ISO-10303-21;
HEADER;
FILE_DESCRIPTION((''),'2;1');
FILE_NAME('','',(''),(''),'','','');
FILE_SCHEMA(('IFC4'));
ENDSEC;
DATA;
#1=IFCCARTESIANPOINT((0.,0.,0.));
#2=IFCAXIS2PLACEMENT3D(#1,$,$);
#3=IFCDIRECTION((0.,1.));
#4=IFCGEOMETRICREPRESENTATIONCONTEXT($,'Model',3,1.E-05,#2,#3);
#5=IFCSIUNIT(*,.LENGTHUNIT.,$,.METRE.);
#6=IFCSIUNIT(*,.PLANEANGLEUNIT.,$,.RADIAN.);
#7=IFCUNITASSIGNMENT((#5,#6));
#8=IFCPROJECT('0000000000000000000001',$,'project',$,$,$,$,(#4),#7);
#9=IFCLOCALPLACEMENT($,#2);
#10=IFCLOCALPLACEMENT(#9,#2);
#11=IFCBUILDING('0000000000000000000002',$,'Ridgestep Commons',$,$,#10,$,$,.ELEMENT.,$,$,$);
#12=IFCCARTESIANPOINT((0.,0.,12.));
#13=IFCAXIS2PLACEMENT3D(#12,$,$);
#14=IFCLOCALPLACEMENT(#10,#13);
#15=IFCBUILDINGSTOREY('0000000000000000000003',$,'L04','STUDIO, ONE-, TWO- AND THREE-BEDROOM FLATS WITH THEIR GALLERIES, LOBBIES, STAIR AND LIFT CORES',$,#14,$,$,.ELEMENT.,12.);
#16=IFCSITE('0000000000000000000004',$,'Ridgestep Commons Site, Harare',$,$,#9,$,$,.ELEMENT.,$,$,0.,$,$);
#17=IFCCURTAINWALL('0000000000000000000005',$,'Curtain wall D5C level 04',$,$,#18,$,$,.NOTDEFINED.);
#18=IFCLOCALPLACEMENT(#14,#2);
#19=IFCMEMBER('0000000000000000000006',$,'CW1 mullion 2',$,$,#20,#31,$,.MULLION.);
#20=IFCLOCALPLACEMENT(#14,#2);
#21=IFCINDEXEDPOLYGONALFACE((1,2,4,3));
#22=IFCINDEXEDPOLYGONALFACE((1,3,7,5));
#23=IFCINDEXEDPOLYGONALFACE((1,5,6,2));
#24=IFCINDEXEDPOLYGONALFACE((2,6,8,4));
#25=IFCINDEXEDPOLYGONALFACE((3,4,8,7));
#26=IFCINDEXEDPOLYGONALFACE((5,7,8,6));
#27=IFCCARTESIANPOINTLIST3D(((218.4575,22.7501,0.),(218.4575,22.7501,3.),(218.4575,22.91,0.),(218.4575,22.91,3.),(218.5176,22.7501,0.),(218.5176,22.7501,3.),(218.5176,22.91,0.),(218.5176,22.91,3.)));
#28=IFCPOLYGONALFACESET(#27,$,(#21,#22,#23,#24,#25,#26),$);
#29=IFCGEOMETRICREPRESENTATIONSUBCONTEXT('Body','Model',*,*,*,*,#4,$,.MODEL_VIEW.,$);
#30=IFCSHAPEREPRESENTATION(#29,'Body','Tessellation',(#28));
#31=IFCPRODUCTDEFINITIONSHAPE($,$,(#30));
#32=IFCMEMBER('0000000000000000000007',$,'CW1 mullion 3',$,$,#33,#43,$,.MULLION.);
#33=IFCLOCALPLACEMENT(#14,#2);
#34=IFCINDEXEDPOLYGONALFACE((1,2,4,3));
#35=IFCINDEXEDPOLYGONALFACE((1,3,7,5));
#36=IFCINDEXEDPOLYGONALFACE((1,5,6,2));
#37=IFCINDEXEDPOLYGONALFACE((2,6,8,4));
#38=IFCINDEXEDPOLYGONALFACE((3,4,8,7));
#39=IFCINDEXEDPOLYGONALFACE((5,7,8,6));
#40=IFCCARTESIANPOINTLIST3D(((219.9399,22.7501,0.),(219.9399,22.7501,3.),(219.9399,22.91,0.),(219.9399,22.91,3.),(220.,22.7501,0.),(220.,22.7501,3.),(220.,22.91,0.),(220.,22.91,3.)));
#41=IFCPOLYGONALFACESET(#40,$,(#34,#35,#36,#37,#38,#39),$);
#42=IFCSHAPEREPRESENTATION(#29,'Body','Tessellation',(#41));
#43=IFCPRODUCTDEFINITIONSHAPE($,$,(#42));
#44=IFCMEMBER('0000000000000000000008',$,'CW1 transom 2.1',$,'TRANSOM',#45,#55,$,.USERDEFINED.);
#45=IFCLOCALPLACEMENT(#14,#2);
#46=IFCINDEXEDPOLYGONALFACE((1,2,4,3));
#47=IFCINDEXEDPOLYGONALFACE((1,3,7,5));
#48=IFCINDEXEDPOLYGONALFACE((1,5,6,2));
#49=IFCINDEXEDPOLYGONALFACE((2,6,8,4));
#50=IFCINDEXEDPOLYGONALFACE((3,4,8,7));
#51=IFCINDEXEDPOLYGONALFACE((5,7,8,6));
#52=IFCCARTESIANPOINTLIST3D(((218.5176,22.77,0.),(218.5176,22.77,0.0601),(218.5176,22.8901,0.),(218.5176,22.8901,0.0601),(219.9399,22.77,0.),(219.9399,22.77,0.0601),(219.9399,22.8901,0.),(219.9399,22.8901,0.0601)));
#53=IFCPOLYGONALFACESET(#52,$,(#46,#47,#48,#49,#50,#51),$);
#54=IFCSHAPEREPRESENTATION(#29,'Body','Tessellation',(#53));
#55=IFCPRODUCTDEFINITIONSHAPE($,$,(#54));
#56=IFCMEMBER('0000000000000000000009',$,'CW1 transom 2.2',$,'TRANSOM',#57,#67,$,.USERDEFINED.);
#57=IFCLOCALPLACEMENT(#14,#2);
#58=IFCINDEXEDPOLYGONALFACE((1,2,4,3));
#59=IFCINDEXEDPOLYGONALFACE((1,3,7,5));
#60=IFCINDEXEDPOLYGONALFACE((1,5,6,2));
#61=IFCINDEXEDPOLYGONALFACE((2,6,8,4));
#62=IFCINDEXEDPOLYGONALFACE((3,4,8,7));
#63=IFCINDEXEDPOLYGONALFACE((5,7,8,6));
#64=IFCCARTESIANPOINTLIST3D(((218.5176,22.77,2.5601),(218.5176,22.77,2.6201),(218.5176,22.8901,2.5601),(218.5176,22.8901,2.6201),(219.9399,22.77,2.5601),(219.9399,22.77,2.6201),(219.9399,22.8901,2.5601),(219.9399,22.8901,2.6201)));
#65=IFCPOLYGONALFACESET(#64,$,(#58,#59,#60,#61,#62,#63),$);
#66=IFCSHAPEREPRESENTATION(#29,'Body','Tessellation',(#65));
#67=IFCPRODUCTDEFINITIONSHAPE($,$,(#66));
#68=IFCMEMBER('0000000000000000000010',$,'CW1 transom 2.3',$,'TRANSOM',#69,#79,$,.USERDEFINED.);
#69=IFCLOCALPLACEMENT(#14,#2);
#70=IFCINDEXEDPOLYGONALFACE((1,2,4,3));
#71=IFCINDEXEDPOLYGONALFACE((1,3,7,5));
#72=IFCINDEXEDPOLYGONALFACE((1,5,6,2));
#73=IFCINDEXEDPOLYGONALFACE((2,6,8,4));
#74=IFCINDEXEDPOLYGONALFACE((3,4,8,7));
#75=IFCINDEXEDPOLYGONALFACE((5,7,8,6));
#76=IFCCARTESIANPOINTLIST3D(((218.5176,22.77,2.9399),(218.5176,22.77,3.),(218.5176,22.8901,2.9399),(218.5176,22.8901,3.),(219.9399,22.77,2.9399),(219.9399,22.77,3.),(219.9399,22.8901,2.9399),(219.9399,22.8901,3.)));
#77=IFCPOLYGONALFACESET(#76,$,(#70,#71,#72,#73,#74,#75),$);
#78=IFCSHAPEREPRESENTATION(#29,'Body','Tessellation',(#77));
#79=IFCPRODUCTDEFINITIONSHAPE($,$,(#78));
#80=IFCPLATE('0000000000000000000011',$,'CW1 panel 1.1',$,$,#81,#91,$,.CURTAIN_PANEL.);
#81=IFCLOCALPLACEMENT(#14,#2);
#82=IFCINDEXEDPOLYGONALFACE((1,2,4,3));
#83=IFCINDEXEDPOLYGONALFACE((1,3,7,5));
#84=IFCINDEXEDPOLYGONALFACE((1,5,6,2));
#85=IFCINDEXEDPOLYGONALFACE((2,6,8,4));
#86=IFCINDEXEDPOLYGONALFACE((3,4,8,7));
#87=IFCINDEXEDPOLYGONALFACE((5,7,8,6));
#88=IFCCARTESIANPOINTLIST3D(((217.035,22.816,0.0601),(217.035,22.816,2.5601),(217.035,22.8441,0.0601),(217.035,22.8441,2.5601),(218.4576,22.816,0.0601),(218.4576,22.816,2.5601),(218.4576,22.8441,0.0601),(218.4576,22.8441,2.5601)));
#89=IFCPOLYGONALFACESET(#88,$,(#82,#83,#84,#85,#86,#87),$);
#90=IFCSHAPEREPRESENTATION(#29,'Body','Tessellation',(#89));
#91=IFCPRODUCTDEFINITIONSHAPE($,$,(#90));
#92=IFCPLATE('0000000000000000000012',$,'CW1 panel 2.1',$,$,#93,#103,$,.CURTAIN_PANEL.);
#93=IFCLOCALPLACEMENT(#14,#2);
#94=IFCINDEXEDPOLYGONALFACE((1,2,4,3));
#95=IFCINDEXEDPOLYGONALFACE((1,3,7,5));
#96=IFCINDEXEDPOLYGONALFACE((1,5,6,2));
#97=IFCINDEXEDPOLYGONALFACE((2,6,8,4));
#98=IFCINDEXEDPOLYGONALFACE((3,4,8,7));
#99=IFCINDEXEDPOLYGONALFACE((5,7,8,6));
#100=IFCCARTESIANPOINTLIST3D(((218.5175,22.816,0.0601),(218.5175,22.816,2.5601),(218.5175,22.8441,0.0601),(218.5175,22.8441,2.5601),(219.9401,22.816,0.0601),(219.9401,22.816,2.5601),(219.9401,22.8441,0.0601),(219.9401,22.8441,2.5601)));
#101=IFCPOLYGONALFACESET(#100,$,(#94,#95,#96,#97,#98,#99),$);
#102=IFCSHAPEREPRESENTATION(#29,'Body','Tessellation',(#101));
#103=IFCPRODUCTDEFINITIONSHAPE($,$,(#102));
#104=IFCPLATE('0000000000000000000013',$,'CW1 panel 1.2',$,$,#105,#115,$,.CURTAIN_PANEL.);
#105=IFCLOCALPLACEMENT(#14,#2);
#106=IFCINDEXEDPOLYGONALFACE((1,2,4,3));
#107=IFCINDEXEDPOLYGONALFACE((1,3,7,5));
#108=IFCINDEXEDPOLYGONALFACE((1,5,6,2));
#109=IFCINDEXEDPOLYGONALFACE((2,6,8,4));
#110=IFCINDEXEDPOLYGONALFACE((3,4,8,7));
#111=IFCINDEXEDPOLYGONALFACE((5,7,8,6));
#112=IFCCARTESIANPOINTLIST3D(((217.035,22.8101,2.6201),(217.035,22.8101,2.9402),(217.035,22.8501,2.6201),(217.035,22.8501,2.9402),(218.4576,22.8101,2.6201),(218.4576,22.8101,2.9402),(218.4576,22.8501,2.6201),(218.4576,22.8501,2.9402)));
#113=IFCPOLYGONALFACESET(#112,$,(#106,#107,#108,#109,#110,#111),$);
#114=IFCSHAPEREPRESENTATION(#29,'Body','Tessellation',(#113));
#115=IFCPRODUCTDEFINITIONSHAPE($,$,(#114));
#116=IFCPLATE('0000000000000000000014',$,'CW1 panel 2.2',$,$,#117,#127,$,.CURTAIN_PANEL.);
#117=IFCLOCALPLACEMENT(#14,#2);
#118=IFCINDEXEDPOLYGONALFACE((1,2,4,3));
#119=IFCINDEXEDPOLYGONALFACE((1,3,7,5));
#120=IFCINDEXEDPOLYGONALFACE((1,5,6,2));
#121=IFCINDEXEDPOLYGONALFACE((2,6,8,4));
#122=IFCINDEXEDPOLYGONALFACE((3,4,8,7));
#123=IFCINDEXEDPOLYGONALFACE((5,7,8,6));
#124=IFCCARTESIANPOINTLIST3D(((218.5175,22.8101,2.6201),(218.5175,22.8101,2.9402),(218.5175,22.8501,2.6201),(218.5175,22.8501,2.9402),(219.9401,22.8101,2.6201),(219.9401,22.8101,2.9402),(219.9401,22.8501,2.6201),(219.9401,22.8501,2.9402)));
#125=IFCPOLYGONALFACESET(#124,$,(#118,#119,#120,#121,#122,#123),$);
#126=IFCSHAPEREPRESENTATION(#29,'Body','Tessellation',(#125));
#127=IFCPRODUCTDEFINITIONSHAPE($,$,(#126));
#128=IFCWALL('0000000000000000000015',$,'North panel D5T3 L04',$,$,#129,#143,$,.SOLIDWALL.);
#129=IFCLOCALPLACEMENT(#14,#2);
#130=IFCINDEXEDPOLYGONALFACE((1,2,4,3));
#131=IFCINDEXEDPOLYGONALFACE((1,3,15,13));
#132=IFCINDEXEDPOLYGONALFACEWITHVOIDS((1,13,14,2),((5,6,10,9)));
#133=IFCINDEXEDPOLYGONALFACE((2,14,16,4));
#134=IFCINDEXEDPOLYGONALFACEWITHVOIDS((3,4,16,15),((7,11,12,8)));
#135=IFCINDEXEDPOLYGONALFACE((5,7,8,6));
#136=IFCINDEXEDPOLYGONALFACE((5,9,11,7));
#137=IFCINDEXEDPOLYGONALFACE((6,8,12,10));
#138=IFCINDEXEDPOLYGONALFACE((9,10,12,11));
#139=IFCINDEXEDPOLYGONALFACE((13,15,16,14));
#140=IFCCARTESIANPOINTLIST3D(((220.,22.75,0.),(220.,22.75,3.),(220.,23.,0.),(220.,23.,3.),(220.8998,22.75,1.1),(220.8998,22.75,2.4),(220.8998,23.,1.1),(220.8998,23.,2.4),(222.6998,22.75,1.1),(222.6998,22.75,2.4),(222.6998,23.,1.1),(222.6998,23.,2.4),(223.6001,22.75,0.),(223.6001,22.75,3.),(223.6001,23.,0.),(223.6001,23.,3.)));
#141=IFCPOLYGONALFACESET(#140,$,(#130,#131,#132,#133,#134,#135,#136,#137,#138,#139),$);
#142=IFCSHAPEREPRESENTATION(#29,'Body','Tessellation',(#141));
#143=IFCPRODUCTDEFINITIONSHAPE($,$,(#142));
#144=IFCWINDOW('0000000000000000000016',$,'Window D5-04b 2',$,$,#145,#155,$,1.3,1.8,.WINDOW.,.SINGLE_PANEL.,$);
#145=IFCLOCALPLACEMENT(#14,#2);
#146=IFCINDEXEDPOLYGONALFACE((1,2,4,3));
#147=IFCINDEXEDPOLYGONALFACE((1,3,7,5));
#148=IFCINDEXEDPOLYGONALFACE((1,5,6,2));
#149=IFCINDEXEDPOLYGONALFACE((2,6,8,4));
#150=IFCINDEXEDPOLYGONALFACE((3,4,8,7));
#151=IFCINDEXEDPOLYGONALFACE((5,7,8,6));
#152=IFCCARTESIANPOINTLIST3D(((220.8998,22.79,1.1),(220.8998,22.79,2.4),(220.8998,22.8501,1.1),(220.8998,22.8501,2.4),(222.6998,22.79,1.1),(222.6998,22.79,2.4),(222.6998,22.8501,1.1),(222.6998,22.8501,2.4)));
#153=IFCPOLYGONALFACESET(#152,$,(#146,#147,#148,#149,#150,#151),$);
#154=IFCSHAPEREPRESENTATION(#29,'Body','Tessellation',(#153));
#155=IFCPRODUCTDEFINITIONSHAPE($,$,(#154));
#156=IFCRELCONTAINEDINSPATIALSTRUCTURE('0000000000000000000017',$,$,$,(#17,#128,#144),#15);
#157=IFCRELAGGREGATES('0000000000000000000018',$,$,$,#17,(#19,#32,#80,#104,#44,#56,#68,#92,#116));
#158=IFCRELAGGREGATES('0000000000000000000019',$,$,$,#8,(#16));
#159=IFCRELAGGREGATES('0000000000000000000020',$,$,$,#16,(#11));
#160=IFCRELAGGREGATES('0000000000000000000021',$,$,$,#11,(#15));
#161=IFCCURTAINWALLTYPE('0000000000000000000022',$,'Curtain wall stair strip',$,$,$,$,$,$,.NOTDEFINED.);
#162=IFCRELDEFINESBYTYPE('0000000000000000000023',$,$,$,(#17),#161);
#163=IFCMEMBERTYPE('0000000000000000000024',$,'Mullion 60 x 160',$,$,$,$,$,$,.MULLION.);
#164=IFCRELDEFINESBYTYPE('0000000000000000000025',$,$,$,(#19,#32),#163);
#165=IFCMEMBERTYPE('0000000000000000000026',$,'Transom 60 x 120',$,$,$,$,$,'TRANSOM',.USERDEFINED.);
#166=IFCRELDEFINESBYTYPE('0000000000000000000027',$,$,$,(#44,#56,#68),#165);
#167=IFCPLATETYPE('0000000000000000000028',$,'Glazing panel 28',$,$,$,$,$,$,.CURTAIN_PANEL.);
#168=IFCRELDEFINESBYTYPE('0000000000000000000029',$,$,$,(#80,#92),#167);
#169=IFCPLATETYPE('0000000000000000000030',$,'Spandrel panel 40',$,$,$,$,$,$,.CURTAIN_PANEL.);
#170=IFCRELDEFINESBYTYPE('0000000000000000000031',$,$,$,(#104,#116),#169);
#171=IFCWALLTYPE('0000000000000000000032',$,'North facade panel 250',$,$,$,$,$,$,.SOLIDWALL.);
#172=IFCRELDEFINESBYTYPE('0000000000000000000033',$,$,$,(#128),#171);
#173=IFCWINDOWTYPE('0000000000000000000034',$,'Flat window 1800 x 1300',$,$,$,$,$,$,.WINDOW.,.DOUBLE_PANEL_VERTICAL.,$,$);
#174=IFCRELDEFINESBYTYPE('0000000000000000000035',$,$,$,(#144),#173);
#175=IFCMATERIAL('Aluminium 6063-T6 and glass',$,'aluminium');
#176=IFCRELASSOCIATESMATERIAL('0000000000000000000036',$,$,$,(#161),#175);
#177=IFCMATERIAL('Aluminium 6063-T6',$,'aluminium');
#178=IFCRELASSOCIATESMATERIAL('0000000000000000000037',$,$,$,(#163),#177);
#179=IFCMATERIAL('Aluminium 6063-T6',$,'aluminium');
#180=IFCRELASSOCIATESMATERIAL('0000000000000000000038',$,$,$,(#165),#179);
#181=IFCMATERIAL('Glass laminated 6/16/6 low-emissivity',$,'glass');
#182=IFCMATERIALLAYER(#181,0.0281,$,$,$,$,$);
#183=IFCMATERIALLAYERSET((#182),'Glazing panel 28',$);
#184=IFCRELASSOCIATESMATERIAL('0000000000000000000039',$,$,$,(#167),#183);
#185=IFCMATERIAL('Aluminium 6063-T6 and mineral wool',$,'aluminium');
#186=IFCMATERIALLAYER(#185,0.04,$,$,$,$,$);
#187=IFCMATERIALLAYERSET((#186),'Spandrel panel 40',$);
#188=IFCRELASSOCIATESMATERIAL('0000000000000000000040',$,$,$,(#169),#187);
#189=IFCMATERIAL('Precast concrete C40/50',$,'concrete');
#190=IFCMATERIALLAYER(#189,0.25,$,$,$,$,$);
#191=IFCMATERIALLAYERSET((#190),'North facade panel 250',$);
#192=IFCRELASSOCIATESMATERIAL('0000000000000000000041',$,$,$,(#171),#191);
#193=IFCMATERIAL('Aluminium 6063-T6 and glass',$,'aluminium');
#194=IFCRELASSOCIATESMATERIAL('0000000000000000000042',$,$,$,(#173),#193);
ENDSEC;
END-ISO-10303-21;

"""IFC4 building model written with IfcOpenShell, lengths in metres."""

from ifc_helpers import new_model, si_unit, direction, frame, frame_2d, origin, origin_2d, place, context, subcontext, project, spatial, rectangle, extrude, material, layer, layer_set, material_profile, profile_set, type_object, element, fill, aggregate, save


model = new_model("IFC4")

# Units and contexts
model_context = context("Model", 3, precision=1e-05, world=origin(), true_north=direction((0.0, 1.0)))
body_context = subcontext(model_context, "Body", "Model", "MODEL_VIEW")
ifc_project = project(units=[si_unit("LENGTHUNIT", "METRE"), si_unit("PLANEANGLEUNIT", "RADIAN")], contexts=[model_context])

# Site, building, storey
site_placement = place(None, origin())
site = spatial("IfcSite", under=ifc_project, at=site_placement, Name="Ridgestep Commons Site, Harare", CompositionType="ELEMENT", RefElevation=0.0)
building_placement = place(site_placement, origin())
building = spatial("IfcBuilding", under=site, at=building_placement, Name="Ridgestep Commons", CompositionType="ELEMENT")
storey_placement = place(building_placement, frame((0.0, 0.0, 12.0)))
storey = spatial("IfcBuildingStorey", under=building, at=storey_placement, Name="L04", Description="STUDIO, ONE-, TWO- AND THREE-BEDROOM FLATS WITH THEIR GALLERIES, LOBBIES, STAIR AND LIFT CORES", CompositionType="ELEMENT", Elevation=12.0)

# Curtain wall, members, plates
ifc_material_1 = material(Name="Aluminium 6063-T6 and glass", Category="aluminium")
curtain_wall_type = type_object("IfcCurtainWallType", Name="Curtain wall stair strip", PredefinedType="NOTDEFINED", material=ifc_material_1)
curtain_wall_placement = place(storey_placement, origin())
curtain_wall = element("IfcCurtainWall", 1, at=curtain_wall_placement, inside=storey, type_object=curtain_wall_type, Name="Curtain wall D5C level 04", PredefinedType="NOTDEFINED")
ifc_material_2 = material(Name="Aluminium 6063-T6", Category="aluminium")
ifc_material_profile_1 = material_profile(ifc_material_2, rectangle(XDim=0.1599, YDim=0.0601, at=origin_2d()), Name="Mullion 60 x 160")
ifc_profile_set_1 = profile_set([ifc_material_profile_1], Name="Aluminium 6063-T6")
member_type_1 = type_object("IfcMemberType", Name="Mullion 60 x 160", PredefinedType="MULLION", material=ifc_profile_set_1)
member_1_placement = place(storey_placement, frame((218.4875, 22.8301, 0.0), z_axis=(0.0, 0.0, 1.0), x_axis=(0.0, 1.0, 0.0)))
member_1 = element("IfcMember", 2, at=member_1_placement, type_object=member_type_1, Name="CW1 mullion 2", PredefinedType="MULLION", context=body_context, shape_type="SweptSolid", body=[
    extrude(rectangle(XDim=0.1599, YDim=0.0601, at=origin_2d()), origin(), (0.0, 0.0, 1.0), 3.0),
])
member_2_placement = place(storey_placement, frame((219.97, 22.8301, 0.0), z_axis=(0.0, 0.0, 1.0), x_axis=(0.0, 1.0, 0.0)))
member_2 = element("IfcMember", 3, at=member_2_placement, type_object=member_type_1, Name="CW1 mullion 3", PredefinedType="MULLION", context=body_context, shape_type="SweptSolid", body=[
    extrude(rectangle(XDim=0.1599, YDim=0.0601, at=origin_2d()), origin(), (0.0, 0.0, 1.0), 3.0),
])
ifc_material_3 = material(Name="Aluminium 6063-T6", Category="aluminium")
ifc_material_profile_2 = material_profile(ifc_material_3, rectangle(XDim=0.1201, YDim=0.0601, at=origin_2d()), Name="Transom 60 x 120")
ifc_profile_set_2 = profile_set([ifc_material_profile_2], Name="Aluminium 6063-T6")
member_type_2 = type_object("IfcMemberType", Name="Transom 60 x 120", ElementType="TRANSOM", PredefinedType="USERDEFINED", material=ifc_profile_set_2)
member_3_placement = place(storey_placement, frame((218.5176, 22.8301, 0.03), z_axis=(1.0, 0.0, 0.0), x_axis=(0.0, 1.0, 0.0)))
member_3 = element("IfcMember", 4, at=member_3_placement, type_object=member_type_2, Name="CW1 transom 2.1", ObjectType="TRANSOM", PredefinedType="USERDEFINED", context=body_context, shape_type="SweptSolid", body=[
    extrude(rectangle(XDim=0.1201, YDim=0.0601, at=origin_2d()), origin(), (0.0, 0.0, 1.0), 1.4224),
])
member_4_placement = place(storey_placement, frame((218.5176, 22.8301, 2.5901), z_axis=(1.0, 0.0, 0.0), x_axis=(0.0, 1.0, 0.0)))
member_4 = element("IfcMember", 5, at=member_4_placement, type_object=member_type_2, Name="CW1 transom 2.2", ObjectType="TRANSOM", PredefinedType="USERDEFINED", context=body_context, shape_type="SweptSolid", body=[
    extrude(rectangle(XDim=0.1201, YDim=0.0601, at=origin_2d()), origin(), (0.0, 0.0, 1.0), 1.4224),
])
member_5_placement = place(storey_placement, frame((218.5176, 22.8301, 2.97), z_axis=(1.0, 0.0, 0.0), x_axis=(0.0, 1.0, 0.0)))
member_5 = element("IfcMember", 6, at=member_5_placement, type_object=member_type_2, Name="CW1 transom 2.3", ObjectType="TRANSOM", PredefinedType="USERDEFINED", context=body_context, shape_type="SweptSolid", body=[
    extrude(rectangle(XDim=0.1201, YDim=0.0601, at=origin_2d()), origin(), (0.0, 0.0, 1.0), 1.4224),
])
ifc_material_4 = material(Name="Glass laminated 6/16/6 low-emissivity", Category="glass")
ifc_layer_1 = layer(ifc_material_4, 0.0281)
ifc_layer_set_1 = layer_set([ifc_layer_1], Name="Glazing panel 28")
plate_type_1 = type_object("IfcPlateType", Name="Glazing panel 28", PredefinedType="CURTAIN_PANEL", material=ifc_layer_set_1)
plate_1_placement = place(storey_placement, frame((217.7463, 22.8301, 0.0601), z_axis=(0.0, 0.0, 1.0), x_axis=(1.0, 0.0, 0.0)))
plate_1 = element("IfcPlate", 7, at=plate_1_placement, type_object=plate_type_1, Name="CW1 panel 1.1", PredefinedType="CURTAIN_PANEL", context=body_context, shape_type="SweptSolid", body=[
    extrude(rectangle(XDim=1.4226, YDim=0.0281, at=origin_2d()), origin(), (0.0, 0.0, 1.0), 2.5),
])
plate_2_placement = place(storey_placement, frame((219.2288, 22.8301, 0.0601), z_axis=(0.0, 0.0, 1.0), x_axis=(1.0, 0.0, 0.0)))
plate_2 = element("IfcPlate", 8, at=plate_2_placement, type_object=plate_type_1, Name="CW1 panel 2.1", PredefinedType="CURTAIN_PANEL", context=body_context, shape_type="SweptSolid", body=[
    extrude(rectangle(XDim=1.4226, YDim=0.0281, at=origin_2d()), origin(), (0.0, 0.0, 1.0), 2.5),
])
ifc_material_5 = material(Name="Aluminium 6063-T6 and mineral wool", Category="aluminium")
ifc_layer_2 = layer(ifc_material_5, 0.04)
ifc_layer_set_2 = layer_set([ifc_layer_2], Name="Spandrel panel 40")
plate_type_2 = type_object("IfcPlateType", Name="Spandrel panel 40", PredefinedType="CURTAIN_PANEL", material=ifc_layer_set_2)
plate_3_placement = place(storey_placement, frame((217.7463, 22.8301, 2.6201), z_axis=(0.0, 0.0, 1.0), x_axis=(1.0, 0.0, 0.0)))
plate_3 = element("IfcPlate", 9, at=plate_3_placement, type_object=plate_type_2, Name="CW1 panel 1.2", PredefinedType="CURTAIN_PANEL", context=body_context, shape_type="SweptSolid", body=[
    extrude(rectangle(XDim=1.4226, YDim=0.04, at=origin_2d()), origin(), (0.0, 0.0, 1.0), 0.3201),
])
plate_4_placement = place(storey_placement, frame((219.2288, 22.8301, 2.6201), z_axis=(0.0, 0.0, 1.0), x_axis=(1.0, 0.0, 0.0)))
plate_4 = element("IfcPlate", 10, at=plate_4_placement, type_object=plate_type_2, Name="CW1 panel 2.2", PredefinedType="CURTAIN_PANEL", context=body_context, shape_type="SweptSolid", body=[
    extrude(rectangle(XDim=1.4226, YDim=0.04, at=origin_2d()), origin(), (0.0, 0.0, 1.0), 0.3201),
])
aggregate(curtain_wall, [member_1, member_2, plate_1, plate_3, member_3, member_4, member_5, plate_2, plate_4])

# Wall, opening, window
ifc_material_6 = material(Name="Precast concrete C40/50", Category="concrete")
ifc_layer_3 = layer(ifc_material_6, 0.25)
ifc_layer_set_3 = layer_set([ifc_layer_3], Name="North facade panel 250")
wall_type = type_object("IfcWallType", Name="North facade panel 250", PredefinedType="SOLIDWALL", material=ifc_layer_set_3)
wall_placement = place(storey_placement, frame((220.0, 22.875, 0.0), z_axis=(0.0, 0.0, 1.0), x_axis=(1.0, 0.0, 0.0)))
wall = element("IfcWall", 11, at=wall_placement, inside=storey, type_object=wall_type, Name="North panel D5T3 L04", PredefinedType="SOLIDWALL", context=body_context, shape_type="SweptSolid", body=[
    extrude(rectangle(XDim=3.6001, YDim=0.25, at=frame_2d((1.8, 0.0))), origin(), (0.0, 0.0, 1.0), 3.0),
])
opening_placement = place(wall_placement, frame((0.8999, 0.0, 1.1001)))
opening = element("IfcOpeningElement", 12, at=opening_placement, cuts=wall, PredefinedType="OPENING", context=body_context, shape_type="SweptSolid", body=[
    extrude(rectangle(XDim=1.8, YDim=1.3, at=frame_2d((0.8999, 0.6499))), frame((0.0, 0.135, 0.0), z_axis=(0.0, -1.0, 0.0), x_axis=(1.0, 0.0, 0.0)), (0.0, 0.0, 1.0), 0.27),
])
ifc_material_7 = material(Name="Aluminium 6063-T6 and glass", Category="aluminium")
window_type = type_object("IfcWindowType", Name="Flat window 1800 x 1300", PartitioningType="DOUBLE_PANEL_VERTICAL", PredefinedType="WINDOW", material=ifc_material_7)
window_placement = place(opening_placement, origin())
window = element("IfcWindow", 13, at=window_placement, inside=storey, type_object=window_type, Name="Window D5-04b 2", OverallHeight=1.3, OverallWidth=1.8, PartitioningType="SINGLE_PANEL", PredefinedType="WINDOW", context=body_context, shape_type="SweptSolid", body=[
    extrude(rectangle(XDim=1.8, YDim=1.3, at=frame_2d((0.8999, 0.6499))), frame((0.0, -0.0249, 0.0), z_axis=(0.0, -1.0, 0.0), x_axis=(1.0, 0.0, 0.0)), (0.0, 0.0, 1.0), 0.0601),
])
fill(opening, window)

save(model, "model.ifc")
